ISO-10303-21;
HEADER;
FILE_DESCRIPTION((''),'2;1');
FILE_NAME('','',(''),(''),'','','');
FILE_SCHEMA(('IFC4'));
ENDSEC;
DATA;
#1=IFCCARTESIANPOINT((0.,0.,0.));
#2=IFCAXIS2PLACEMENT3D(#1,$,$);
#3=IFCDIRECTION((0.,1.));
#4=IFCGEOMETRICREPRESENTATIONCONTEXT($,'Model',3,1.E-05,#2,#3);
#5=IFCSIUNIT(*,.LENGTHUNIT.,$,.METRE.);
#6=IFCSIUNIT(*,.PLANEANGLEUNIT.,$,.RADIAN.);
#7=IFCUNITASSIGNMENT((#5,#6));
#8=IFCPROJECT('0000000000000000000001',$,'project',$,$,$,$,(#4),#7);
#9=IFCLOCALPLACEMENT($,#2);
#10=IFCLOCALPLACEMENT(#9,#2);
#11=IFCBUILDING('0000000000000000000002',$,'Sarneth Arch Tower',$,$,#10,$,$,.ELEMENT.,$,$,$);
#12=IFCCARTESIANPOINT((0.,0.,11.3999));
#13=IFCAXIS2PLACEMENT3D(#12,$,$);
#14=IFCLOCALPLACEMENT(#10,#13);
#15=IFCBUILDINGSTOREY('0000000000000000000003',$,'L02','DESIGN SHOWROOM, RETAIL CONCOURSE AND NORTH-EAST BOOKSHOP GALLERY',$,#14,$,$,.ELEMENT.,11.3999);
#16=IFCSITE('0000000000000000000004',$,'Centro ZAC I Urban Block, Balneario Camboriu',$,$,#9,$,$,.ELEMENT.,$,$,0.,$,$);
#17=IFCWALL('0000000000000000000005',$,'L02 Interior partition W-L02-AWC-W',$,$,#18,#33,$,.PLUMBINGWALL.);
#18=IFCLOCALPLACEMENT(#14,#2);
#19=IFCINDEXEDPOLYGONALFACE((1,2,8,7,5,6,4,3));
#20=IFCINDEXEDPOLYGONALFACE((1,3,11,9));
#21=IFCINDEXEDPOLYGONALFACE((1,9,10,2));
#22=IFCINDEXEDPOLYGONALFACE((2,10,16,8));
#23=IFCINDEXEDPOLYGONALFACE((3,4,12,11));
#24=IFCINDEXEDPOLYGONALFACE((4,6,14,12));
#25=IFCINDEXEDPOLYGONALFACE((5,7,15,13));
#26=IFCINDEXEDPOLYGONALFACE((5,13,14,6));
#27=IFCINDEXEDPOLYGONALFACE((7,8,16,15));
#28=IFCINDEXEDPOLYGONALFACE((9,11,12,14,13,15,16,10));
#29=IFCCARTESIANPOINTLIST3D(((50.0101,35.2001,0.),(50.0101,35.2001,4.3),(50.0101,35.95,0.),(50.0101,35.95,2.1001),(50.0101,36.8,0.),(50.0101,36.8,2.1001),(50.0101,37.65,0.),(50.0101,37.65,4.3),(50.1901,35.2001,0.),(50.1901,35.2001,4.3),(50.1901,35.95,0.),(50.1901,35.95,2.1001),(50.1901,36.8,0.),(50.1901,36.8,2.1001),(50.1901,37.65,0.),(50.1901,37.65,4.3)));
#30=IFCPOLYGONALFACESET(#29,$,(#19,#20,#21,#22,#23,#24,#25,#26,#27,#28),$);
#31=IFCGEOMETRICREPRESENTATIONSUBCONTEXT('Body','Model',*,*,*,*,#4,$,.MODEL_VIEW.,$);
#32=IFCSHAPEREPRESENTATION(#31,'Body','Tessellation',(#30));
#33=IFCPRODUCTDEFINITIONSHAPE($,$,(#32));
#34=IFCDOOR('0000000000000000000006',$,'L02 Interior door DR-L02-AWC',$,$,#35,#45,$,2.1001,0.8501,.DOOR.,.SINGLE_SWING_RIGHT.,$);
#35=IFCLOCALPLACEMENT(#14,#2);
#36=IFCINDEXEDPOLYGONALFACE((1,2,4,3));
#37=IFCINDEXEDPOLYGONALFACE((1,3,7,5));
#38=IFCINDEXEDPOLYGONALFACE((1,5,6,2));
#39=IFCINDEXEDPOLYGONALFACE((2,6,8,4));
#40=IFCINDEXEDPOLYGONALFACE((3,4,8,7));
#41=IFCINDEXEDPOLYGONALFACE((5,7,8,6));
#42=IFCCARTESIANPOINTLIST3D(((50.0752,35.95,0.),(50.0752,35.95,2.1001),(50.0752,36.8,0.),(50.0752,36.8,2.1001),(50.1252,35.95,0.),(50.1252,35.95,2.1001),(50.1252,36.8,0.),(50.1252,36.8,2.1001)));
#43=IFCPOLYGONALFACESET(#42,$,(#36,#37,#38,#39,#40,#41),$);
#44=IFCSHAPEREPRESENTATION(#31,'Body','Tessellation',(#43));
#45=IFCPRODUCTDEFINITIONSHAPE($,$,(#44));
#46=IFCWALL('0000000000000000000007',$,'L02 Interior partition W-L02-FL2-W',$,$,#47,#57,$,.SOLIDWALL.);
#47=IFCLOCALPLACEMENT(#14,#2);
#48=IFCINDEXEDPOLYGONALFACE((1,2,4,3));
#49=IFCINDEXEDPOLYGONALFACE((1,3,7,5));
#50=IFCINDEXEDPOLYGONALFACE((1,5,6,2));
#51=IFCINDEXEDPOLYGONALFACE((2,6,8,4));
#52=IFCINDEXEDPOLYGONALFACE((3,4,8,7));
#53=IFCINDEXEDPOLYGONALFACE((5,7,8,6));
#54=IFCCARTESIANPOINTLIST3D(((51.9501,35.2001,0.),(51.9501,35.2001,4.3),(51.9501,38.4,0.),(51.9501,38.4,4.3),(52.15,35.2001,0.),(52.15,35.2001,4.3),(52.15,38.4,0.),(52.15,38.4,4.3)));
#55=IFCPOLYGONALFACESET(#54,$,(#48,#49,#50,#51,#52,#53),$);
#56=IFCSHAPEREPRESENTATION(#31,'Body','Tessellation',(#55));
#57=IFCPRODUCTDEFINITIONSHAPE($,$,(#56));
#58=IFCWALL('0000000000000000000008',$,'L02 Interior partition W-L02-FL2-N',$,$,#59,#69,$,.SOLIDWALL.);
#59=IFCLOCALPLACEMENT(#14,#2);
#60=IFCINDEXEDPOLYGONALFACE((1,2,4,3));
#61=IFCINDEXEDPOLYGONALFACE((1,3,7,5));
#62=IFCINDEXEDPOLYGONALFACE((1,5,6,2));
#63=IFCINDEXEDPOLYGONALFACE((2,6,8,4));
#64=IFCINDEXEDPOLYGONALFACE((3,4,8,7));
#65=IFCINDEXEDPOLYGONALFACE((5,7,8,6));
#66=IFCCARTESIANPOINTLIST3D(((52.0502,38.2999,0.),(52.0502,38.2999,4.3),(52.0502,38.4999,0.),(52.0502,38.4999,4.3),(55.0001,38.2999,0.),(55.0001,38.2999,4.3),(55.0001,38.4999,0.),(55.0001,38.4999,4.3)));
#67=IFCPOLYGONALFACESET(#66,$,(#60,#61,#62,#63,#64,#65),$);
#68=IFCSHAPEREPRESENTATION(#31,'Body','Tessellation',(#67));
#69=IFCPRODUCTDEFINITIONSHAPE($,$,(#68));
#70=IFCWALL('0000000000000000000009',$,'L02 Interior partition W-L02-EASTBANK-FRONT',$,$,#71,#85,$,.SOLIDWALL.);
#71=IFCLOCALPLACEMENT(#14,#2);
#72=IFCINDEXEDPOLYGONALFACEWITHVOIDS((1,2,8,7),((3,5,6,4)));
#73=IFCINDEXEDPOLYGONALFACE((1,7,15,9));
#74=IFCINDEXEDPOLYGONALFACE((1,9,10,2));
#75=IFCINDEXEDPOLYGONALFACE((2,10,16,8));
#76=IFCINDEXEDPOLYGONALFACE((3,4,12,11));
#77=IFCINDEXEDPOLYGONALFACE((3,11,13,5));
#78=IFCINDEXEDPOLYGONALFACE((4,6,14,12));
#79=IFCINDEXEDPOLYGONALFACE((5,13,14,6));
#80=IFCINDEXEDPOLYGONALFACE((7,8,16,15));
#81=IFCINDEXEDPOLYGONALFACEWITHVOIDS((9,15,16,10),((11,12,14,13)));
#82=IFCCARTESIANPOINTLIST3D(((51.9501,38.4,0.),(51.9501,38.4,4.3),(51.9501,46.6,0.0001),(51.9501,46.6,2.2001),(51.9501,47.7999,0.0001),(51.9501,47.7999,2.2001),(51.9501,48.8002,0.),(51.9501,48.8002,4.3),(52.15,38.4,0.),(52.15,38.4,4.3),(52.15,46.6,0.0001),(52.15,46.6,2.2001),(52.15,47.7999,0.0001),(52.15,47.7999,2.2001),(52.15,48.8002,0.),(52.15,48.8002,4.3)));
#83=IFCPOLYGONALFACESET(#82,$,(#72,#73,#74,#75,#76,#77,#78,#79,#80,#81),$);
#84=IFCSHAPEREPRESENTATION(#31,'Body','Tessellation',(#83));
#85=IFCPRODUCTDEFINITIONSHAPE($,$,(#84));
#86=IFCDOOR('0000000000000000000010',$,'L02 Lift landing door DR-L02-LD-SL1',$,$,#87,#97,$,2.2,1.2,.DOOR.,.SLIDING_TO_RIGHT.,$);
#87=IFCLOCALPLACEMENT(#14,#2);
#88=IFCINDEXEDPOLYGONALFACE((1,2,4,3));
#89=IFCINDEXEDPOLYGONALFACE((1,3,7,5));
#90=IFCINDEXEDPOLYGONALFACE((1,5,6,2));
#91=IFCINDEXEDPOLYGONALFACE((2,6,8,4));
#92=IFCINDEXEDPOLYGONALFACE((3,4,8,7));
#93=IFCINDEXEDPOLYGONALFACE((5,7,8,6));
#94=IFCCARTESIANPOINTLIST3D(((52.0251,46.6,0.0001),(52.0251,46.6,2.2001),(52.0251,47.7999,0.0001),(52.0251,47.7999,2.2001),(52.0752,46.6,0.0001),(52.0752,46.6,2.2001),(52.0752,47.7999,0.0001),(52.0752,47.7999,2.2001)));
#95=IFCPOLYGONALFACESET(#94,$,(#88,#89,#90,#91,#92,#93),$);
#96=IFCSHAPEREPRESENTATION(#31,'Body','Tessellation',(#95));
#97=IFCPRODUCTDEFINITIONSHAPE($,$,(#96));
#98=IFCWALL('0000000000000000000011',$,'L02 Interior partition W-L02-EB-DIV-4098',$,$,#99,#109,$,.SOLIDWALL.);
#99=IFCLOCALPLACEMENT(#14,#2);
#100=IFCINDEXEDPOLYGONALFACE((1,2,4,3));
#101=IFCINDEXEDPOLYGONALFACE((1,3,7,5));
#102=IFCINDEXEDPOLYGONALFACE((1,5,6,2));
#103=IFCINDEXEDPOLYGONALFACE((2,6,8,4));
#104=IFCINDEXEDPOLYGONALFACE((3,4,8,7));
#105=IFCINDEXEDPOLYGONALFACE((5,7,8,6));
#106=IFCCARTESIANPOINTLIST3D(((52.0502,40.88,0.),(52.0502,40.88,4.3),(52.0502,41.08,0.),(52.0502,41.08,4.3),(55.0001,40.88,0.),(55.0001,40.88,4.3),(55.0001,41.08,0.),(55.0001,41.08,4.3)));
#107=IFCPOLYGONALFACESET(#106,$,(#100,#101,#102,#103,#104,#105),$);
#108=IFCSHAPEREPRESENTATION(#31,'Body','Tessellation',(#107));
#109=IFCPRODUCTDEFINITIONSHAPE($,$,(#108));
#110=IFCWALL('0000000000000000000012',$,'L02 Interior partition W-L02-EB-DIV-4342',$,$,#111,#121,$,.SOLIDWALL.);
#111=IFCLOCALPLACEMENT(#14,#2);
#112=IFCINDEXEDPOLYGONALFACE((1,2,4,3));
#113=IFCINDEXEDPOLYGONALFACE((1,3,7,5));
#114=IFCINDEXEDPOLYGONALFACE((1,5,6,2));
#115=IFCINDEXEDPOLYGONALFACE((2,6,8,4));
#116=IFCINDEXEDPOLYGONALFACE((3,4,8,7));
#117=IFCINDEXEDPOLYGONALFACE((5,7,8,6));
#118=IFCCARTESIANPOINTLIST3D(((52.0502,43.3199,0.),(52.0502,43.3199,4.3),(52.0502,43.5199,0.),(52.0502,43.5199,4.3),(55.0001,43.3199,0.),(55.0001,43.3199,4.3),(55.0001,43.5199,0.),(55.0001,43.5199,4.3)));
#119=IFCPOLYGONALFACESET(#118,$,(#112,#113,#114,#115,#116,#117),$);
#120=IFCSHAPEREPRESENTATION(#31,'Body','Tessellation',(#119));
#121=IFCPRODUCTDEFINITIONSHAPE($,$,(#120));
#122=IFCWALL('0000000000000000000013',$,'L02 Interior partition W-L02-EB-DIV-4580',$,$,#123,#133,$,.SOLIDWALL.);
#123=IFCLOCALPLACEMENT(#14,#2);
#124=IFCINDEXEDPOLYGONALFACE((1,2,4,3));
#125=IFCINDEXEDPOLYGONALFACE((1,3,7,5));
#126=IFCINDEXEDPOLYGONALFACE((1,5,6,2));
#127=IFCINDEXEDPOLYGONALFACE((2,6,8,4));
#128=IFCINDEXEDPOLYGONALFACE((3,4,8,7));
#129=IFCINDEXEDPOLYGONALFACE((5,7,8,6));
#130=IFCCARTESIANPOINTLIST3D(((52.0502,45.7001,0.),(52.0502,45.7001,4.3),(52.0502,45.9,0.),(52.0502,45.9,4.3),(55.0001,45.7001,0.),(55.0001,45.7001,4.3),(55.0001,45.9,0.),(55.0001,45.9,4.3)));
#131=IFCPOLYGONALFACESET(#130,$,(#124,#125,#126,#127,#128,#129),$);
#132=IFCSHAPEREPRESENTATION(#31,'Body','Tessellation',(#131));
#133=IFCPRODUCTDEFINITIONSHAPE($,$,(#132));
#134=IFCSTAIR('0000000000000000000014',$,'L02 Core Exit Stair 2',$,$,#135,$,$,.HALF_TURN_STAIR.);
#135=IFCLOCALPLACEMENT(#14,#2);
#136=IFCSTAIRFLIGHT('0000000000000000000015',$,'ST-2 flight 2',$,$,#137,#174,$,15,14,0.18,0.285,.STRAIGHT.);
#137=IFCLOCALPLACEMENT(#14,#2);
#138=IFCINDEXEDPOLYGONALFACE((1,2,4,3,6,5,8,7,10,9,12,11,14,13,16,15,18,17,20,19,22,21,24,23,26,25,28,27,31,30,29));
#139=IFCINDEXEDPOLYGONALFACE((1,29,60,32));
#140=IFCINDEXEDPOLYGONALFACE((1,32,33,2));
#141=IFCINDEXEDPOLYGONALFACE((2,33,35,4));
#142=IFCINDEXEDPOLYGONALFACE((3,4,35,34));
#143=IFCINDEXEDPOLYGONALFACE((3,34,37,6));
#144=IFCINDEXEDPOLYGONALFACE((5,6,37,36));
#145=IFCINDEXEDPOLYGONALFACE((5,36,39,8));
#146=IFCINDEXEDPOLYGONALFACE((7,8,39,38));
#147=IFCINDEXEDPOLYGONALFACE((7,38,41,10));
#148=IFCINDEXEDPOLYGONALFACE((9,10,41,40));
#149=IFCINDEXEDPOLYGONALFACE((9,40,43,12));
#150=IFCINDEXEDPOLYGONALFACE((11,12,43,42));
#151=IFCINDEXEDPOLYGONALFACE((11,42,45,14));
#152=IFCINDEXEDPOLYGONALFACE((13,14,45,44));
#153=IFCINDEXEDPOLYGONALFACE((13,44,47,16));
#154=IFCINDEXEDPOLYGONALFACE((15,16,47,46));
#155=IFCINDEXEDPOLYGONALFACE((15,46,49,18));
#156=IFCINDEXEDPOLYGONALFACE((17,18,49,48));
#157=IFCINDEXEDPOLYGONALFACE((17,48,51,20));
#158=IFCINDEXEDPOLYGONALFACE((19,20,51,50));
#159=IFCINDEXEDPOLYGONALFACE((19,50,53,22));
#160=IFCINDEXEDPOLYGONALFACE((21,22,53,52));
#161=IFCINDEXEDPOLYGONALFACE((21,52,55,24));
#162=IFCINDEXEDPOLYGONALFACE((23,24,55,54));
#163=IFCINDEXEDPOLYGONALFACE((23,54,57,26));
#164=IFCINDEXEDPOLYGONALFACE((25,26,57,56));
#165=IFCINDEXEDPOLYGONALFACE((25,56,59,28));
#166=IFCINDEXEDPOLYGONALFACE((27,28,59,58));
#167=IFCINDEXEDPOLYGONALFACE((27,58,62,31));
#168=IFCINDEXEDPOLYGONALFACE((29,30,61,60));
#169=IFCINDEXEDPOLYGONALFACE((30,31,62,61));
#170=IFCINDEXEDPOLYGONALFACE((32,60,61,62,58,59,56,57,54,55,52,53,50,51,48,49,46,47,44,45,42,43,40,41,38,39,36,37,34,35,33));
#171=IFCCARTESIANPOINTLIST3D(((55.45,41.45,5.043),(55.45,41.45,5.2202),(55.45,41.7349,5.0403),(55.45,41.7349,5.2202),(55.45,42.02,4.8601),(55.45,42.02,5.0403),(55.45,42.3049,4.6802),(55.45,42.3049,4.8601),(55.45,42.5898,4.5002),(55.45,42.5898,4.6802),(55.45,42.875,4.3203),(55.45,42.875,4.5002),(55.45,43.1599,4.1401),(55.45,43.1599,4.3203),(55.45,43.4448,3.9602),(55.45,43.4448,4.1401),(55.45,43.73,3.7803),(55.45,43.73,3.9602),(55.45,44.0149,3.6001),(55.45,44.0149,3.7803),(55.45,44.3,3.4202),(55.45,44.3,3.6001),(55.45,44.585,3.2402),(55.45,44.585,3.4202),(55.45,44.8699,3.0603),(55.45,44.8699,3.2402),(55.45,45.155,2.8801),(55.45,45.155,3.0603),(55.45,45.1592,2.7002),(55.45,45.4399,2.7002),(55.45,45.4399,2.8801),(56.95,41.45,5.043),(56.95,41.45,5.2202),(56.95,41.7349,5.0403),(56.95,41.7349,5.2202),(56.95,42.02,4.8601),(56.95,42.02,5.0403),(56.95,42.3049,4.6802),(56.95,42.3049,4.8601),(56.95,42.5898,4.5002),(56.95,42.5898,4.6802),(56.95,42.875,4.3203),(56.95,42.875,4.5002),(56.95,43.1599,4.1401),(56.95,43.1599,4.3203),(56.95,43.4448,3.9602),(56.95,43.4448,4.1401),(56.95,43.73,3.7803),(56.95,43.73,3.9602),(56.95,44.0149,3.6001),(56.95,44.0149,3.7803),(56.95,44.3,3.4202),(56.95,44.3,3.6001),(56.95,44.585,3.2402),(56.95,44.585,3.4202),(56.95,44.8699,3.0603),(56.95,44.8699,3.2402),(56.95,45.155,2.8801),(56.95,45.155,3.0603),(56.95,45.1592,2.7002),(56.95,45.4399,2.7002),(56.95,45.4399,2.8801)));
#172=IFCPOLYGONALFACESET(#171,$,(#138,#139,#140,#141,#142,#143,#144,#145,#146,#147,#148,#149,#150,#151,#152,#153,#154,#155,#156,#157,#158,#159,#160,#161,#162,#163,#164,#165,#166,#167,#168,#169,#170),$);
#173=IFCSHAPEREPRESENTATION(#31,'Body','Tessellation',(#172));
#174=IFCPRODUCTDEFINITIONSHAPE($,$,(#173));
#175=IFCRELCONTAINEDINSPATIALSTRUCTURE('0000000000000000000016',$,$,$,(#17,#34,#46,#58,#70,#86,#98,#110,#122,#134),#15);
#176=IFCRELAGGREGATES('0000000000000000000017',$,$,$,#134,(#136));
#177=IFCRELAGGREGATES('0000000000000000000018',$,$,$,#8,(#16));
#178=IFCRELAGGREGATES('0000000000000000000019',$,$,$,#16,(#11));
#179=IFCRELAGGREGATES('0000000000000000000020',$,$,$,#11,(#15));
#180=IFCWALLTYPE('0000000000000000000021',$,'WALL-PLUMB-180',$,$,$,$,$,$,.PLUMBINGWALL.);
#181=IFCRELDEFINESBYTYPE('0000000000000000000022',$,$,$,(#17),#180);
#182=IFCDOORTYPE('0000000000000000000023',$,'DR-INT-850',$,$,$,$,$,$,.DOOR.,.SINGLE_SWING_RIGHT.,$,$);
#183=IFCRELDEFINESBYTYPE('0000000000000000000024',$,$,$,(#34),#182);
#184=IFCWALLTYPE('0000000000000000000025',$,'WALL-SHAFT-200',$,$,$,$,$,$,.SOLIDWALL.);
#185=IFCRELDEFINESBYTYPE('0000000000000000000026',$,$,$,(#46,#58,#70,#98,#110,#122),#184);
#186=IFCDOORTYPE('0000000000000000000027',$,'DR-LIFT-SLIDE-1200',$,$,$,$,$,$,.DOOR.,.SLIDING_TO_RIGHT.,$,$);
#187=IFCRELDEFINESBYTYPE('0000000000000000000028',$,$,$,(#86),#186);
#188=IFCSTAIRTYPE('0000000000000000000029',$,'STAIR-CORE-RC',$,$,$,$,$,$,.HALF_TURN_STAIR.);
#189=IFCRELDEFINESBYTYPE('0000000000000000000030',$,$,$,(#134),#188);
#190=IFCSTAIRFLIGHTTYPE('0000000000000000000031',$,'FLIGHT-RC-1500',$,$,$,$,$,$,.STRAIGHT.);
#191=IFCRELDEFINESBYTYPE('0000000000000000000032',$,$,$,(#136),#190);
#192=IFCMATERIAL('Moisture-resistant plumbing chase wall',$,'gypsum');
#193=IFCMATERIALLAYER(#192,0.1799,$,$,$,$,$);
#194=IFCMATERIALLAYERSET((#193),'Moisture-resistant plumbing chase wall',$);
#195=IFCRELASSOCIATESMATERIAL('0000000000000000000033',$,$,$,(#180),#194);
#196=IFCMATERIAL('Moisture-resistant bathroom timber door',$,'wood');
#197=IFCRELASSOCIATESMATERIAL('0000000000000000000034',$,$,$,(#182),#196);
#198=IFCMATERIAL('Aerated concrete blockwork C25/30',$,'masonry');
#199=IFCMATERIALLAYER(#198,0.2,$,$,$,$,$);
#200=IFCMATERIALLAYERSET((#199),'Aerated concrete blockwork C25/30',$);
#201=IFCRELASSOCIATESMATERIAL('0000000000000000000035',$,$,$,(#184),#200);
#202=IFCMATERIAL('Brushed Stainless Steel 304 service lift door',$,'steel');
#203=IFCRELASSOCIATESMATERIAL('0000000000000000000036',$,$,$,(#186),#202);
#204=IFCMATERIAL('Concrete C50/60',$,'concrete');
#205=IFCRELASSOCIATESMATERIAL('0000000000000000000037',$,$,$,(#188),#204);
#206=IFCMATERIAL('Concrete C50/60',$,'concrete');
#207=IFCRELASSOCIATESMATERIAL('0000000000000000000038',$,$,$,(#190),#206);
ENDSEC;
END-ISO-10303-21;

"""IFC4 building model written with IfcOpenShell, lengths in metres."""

from ifc_helpers import new_model, si_unit, direction, frame, frame_2d, origin, place, context, subcontext, project, spatial, polyline, rectangle, outline, extrude, material, layer, layer_set, type_object, element, fill, aggregate, save


model = new_model("IFC4")

# Units and contexts
model_context = context("Model", 3, precision=1e-05, world=origin(), true_north=direction((0.0, 1.0)))
body_context = subcontext(model_context, "Body", "Model", "MODEL_VIEW")
ifc_project = project(units=[si_unit("LENGTHUNIT", "METRE"), si_unit("PLANEANGLEUNIT", "RADIAN")], contexts=[model_context])

# Site, building, storey
site_placement = place(None, origin())
site = spatial("IfcSite", under=ifc_project, at=site_placement, Name="Centro ZAC I Urban Block, Balneario Camboriu", CompositionType="ELEMENT", RefElevation=0.0)
building_placement = place(site_placement, origin())
building = spatial("IfcBuilding", under=site, at=building_placement, Name="Sarneth Arch Tower", CompositionType="ELEMENT")
storey_placement = place(building_placement, frame((0.0, 0.0, 11.3999)))
storey = spatial("IfcBuildingStorey", under=building, at=storey_placement, Name="L02", Description="DESIGN SHOWROOM, RETAIL CONCOURSE AND NORTH-EAST BOOKSHOP GALLERY", CompositionType="ELEMENT", Elevation=11.3999)

# Shared definitions
ifc_material_1 = material(Name="Moisture-resistant plumbing chase wall", Category="gypsum")
ifc_layer_1 = layer(ifc_material_1, 0.1799)
ifc_layer_set_1 = layer_set([ifc_layer_1], Name="Moisture-resistant plumbing chase wall")
wall_type_1 = type_object("IfcWallType", Name="WALL-PLUMB-180", PredefinedType="PLUMBINGWALL", material=ifc_layer_set_1)

# Wall, opening, door
wall_1_placement = place(storey_placement, frame((50.1001, 35.2, 0.0), z_axis=(0.0, 0.0, 1.0), x_axis=(0.0, 1.0, 0.0)))
wall_1 = element("IfcWall", 1, at=wall_1_placement, inside=storey, type_object=wall_type_1, Name="L02 Interior partition W-L02-AWC-W", PredefinedType="PLUMBINGWALL", context=body_context, shape_type="SweptSolid", body=[
    extrude(rectangle(XDim=2.45, YDim=0.1799, at=frame_2d((1.2251, 0.0))), origin(), (0.0, 0.0, 1.0), 4.3),
])
opening_1_placement = place(wall_1_placement, frame((0.75, 0.0, 0.0)))
opening_1 = element("IfcOpeningElement", 2, at=opening_1_placement, cuts=wall_1, PredefinedType="OPENING", context=body_context, shape_type="SweptSolid", body=[
    extrude(rectangle(XDim=0.8501, YDim=2.1001, at=frame_2d((0.425, 1.05))), frame((0.0, 0.0999, 0.0), z_axis=(0.0, -1.0, 0.0), x_axis=(1.0, 0.0, 0.0)), (0.0, 0.0, 1.0), 0.2),
])
ifc_material_2 = material(Name="Moisture-resistant bathroom timber door", Category="wood")
door_type_1 = type_object("IfcDoorType", Name="DR-INT-850", OperationType="SINGLE_SWING_RIGHT", PredefinedType="DOOR", material=ifc_material_2)
door_1_placement = place(opening_1_placement, origin())
door_1 = element("IfcDoor", 3, at=door_1_placement, inside=storey, type_object=door_type_1, Name="L02 Interior door DR-L02-AWC", OperationType="SINGLE_SWING_RIGHT", OverallHeight=2.1001, OverallWidth=0.8501, PredefinedType="DOOR", context=body_context, shape_type="SweptSolid", body=[
    extrude(rectangle(XDim=0.8501, YDim=2.1001, at=frame_2d((0.425, 1.05))), frame((0.0, 0.0249, 0.0), z_axis=(0.0, -1.0, 0.0), x_axis=(1.0, 0.0, 0.0)), (0.0, 0.0, 1.0), 0.05),
])
fill(opening_1, door_1)
ifc_material_3 = material(Name="Aerated concrete blockwork C25/30", Category="masonry")
ifc_layer_2 = layer(ifc_material_3, 0.2)
ifc_layer_set_2 = layer_set([ifc_layer_2], Name="Aerated concrete blockwork C25/30")
wall_type_2 = type_object("IfcWallType", Name="WALL-SHAFT-200", PredefinedType="SOLIDWALL", material=ifc_layer_set_2)

# Walls
wall_2_placement = place(storey_placement, frame((52.05, 35.2, 0.0), z_axis=(0.0, 0.0, 1.0), x_axis=(0.0, 1.0, 0.0)))
element("IfcWall", 4, at=wall_2_placement, inside=storey, type_object=wall_type_2, Name="L02 Interior partition W-L02-FL2-W", PredefinedType="SOLIDWALL", context=body_context, shape_type="SweptSolid", body=[
    extrude(rectangle(XDim=3.2, YDim=0.2, at=frame_2d((1.6001, 0.0))), origin(), (0.0, 0.0, 1.0), 4.3),
])
wall_3_placement = place(storey_placement, frame((52.05, 38.3999, 0.0), z_axis=(0.0, 0.0, 1.0), x_axis=(1.0, 0.0, 0.0)))
element("IfcWall", 5, at=wall_3_placement, inside=storey, type_object=wall_type_2, Name="L02 Interior partition W-L02-FL2-N", PredefinedType="SOLIDWALL", context=body_context, shape_type="SweptSolid", body=[
    extrude(rectangle(XDim=2.95, YDim=0.2, at=frame_2d((1.4751, 0.0))), origin(), (0.0, 0.0, 1.0), 4.3),
])

# Wall, opening, door
wall_4_placement = place(storey_placement, frame((52.05, 38.3999, 0.0), z_axis=(0.0, 0.0, 1.0), x_axis=(0.0, 1.0, 0.0)))
wall_4 = element("IfcWall", 6, at=wall_4_placement, inside=storey, type_object=wall_type_2, Name="L02 Interior partition W-L02-EASTBANK-FRONT", PredefinedType="SOLIDWALL", context=body_context, shape_type="SweptSolid", body=[
    extrude(rectangle(XDim=10.4001, YDim=0.2, at=frame_2d((5.2002, 0.0))), origin(), (0.0, 0.0, 1.0), 4.3),
])
opening_2_placement = place(wall_4_placement, frame((8.2, 0.0, 0.0)))
opening_2 = element("IfcOpeningElement", 7, at=opening_2_placement, cuts=wall_4, PredefinedType="OPENING", context=body_context, shape_type="SweptSolid", body=[
    extrude(rectangle(XDim=1.2, YDim=2.2, at=frame_2d((0.6001, 1.1001))), frame((0.0, 0.1099, 0.0), z_axis=(0.0, -1.0, 0.0), x_axis=(1.0, 0.0, 0.0)), (0.0, 0.0, 1.0), 0.22),
])
ifc_material_4 = material(Name="Brushed Stainless Steel 304 service lift door", Category="steel")
door_type_2 = type_object("IfcDoorType", Name="DR-LIFT-SLIDE-1200", OperationType="SLIDING_TO_RIGHT", PredefinedType="DOOR", material=ifc_material_4)
door_2_placement = place(opening_2_placement, origin())
door_2 = element("IfcDoor", 8, at=door_2_placement, inside=storey, type_object=door_type_2, Name="L02 Lift landing door DR-L02-LD-SL1", OperationType="SLIDING_TO_RIGHT", OverallHeight=2.2, OverallWidth=1.2, PredefinedType="DOOR", context=body_context, shape_type="SweptSolid", body=[
    extrude(rectangle(XDim=1.2, YDim=2.2, at=frame_2d((0.6001, 1.1001))), frame((0.0, 0.0249, 0.0), z_axis=(0.0, -1.0, 0.0), x_axis=(1.0, 0.0, 0.0)), (0.0, 0.0, 1.0), 0.05),
])
fill(opening_2, door_2)

# Walls
for number, where, z_axis, x_axis, name in (
    (9, (52.05, 40.98, 0.0), (0.0, 0.0, 1.0), (1.0, 0.0, 0.0), "L02 Interior partition W-L02-EB-DIV-4098"),
    (10, (52.05, 43.4199, 0.0), (0.0, 0.0, 1.0), (1.0, 0.0, 0.0), "L02 Interior partition W-L02-EB-DIV-4342"),
    (11, (52.05, 45.8, 0.0), (0.0, 0.0, 1.0), (1.0, 0.0, 0.0), "L02 Interior partition W-L02-EB-DIV-4580"),
):
    element("IfcWall", number, at=place(storey_placement, frame(where, z_axis=z_axis, x_axis=x_axis)), inside=storey, type_object=wall_type_2, Name=name, PredefinedType="SOLIDWALL", context=body_context, shape_type="SweptSolid", body=[
        extrude(rectangle(XDim=2.95, YDim=0.2, at=frame_2d((1.4751, 0.0))), origin(), (0.0, 0.0, 1.0), 4.3),
    ])

# Stair, stair flight
ifc_material_5 = material(Name="Concrete C50/60", Category="concrete")
stair_type = type_object("IfcStairType", Name="STAIR-CORE-RC", PredefinedType="HALF_TURN_STAIR", material=ifc_material_5)
stair_placement = place(storey_placement, origin())
stair = element("IfcStair", 12, at=stair_placement, inside=storey, type_object=stair_type, Name="L02 Core Exit Stair 2", PredefinedType="HALF_TURN_STAIR")
ifc_material_6 = material(Name="Concrete C50/60", Category="concrete")
stair_flight_type = type_object("IfcStairFlightType", Name="FLIGHT-RC-1500", PredefinedType="STRAIGHT", material=ifc_material_6)
stair_flight_placement = place(storey_placement, frame((56.2, 45.4399, 2.7002), z_axis=(0.0, 0.0, 1.0), x_axis=(0.0, -1.0, 0.0)))
stair_flight = element("IfcStairFlight", 13, at=stair_flight_placement, type_object=stair_flight_type, Name="ST-2 flight 2", NumberOfRisers=15, NumberOfTreads=14, PredefinedType="STRAIGHT", RiserHeight=0.18, TreadLength=0.285, context=body_context, shape_type="SweptSolid", body=[
    extrude(outline(polyline([(0.0, 0.0), (0.0, 0.1799), (0.2849, 0.1799), (0.2849, 0.3601), (0.5701, 0.3601), (0.5701, 0.54), (0.855, 0.54), (0.855, 0.72), (1.1399, 0.72), (1.1399, 0.8999), (1.425, 0.8999), (1.425, 1.0801), (1.71, 1.0801), (1.71, 1.26), (1.9951, 1.26), (1.9951, 1.4399), (2.28, 1.4399), (2.28, 1.6201), (2.5649, 1.6201), (2.5649, 1.8), (2.8501, 1.8), (2.8501, 1.98), (3.135, 1.98), (3.135, 2.1599), (3.4199, 2.1599), (3.4199, 2.3401), (3.7051, 2.3401), (3.7051, 2.52), (3.99, 2.52), (3.99, 2.7), (3.99, 2.3428), (0.2808, 0.0), (0.0, 0.0)])), frame((0.0, 0.75, 0.0), z_axis=(0.0, -1.0, 0.0), x_axis=(1.0, 0.0, 0.0)), (0.0, 0.0, 1.0), 1.5),
])
aggregate(stair, [stair_flight])

save(model, "model.ifc")
